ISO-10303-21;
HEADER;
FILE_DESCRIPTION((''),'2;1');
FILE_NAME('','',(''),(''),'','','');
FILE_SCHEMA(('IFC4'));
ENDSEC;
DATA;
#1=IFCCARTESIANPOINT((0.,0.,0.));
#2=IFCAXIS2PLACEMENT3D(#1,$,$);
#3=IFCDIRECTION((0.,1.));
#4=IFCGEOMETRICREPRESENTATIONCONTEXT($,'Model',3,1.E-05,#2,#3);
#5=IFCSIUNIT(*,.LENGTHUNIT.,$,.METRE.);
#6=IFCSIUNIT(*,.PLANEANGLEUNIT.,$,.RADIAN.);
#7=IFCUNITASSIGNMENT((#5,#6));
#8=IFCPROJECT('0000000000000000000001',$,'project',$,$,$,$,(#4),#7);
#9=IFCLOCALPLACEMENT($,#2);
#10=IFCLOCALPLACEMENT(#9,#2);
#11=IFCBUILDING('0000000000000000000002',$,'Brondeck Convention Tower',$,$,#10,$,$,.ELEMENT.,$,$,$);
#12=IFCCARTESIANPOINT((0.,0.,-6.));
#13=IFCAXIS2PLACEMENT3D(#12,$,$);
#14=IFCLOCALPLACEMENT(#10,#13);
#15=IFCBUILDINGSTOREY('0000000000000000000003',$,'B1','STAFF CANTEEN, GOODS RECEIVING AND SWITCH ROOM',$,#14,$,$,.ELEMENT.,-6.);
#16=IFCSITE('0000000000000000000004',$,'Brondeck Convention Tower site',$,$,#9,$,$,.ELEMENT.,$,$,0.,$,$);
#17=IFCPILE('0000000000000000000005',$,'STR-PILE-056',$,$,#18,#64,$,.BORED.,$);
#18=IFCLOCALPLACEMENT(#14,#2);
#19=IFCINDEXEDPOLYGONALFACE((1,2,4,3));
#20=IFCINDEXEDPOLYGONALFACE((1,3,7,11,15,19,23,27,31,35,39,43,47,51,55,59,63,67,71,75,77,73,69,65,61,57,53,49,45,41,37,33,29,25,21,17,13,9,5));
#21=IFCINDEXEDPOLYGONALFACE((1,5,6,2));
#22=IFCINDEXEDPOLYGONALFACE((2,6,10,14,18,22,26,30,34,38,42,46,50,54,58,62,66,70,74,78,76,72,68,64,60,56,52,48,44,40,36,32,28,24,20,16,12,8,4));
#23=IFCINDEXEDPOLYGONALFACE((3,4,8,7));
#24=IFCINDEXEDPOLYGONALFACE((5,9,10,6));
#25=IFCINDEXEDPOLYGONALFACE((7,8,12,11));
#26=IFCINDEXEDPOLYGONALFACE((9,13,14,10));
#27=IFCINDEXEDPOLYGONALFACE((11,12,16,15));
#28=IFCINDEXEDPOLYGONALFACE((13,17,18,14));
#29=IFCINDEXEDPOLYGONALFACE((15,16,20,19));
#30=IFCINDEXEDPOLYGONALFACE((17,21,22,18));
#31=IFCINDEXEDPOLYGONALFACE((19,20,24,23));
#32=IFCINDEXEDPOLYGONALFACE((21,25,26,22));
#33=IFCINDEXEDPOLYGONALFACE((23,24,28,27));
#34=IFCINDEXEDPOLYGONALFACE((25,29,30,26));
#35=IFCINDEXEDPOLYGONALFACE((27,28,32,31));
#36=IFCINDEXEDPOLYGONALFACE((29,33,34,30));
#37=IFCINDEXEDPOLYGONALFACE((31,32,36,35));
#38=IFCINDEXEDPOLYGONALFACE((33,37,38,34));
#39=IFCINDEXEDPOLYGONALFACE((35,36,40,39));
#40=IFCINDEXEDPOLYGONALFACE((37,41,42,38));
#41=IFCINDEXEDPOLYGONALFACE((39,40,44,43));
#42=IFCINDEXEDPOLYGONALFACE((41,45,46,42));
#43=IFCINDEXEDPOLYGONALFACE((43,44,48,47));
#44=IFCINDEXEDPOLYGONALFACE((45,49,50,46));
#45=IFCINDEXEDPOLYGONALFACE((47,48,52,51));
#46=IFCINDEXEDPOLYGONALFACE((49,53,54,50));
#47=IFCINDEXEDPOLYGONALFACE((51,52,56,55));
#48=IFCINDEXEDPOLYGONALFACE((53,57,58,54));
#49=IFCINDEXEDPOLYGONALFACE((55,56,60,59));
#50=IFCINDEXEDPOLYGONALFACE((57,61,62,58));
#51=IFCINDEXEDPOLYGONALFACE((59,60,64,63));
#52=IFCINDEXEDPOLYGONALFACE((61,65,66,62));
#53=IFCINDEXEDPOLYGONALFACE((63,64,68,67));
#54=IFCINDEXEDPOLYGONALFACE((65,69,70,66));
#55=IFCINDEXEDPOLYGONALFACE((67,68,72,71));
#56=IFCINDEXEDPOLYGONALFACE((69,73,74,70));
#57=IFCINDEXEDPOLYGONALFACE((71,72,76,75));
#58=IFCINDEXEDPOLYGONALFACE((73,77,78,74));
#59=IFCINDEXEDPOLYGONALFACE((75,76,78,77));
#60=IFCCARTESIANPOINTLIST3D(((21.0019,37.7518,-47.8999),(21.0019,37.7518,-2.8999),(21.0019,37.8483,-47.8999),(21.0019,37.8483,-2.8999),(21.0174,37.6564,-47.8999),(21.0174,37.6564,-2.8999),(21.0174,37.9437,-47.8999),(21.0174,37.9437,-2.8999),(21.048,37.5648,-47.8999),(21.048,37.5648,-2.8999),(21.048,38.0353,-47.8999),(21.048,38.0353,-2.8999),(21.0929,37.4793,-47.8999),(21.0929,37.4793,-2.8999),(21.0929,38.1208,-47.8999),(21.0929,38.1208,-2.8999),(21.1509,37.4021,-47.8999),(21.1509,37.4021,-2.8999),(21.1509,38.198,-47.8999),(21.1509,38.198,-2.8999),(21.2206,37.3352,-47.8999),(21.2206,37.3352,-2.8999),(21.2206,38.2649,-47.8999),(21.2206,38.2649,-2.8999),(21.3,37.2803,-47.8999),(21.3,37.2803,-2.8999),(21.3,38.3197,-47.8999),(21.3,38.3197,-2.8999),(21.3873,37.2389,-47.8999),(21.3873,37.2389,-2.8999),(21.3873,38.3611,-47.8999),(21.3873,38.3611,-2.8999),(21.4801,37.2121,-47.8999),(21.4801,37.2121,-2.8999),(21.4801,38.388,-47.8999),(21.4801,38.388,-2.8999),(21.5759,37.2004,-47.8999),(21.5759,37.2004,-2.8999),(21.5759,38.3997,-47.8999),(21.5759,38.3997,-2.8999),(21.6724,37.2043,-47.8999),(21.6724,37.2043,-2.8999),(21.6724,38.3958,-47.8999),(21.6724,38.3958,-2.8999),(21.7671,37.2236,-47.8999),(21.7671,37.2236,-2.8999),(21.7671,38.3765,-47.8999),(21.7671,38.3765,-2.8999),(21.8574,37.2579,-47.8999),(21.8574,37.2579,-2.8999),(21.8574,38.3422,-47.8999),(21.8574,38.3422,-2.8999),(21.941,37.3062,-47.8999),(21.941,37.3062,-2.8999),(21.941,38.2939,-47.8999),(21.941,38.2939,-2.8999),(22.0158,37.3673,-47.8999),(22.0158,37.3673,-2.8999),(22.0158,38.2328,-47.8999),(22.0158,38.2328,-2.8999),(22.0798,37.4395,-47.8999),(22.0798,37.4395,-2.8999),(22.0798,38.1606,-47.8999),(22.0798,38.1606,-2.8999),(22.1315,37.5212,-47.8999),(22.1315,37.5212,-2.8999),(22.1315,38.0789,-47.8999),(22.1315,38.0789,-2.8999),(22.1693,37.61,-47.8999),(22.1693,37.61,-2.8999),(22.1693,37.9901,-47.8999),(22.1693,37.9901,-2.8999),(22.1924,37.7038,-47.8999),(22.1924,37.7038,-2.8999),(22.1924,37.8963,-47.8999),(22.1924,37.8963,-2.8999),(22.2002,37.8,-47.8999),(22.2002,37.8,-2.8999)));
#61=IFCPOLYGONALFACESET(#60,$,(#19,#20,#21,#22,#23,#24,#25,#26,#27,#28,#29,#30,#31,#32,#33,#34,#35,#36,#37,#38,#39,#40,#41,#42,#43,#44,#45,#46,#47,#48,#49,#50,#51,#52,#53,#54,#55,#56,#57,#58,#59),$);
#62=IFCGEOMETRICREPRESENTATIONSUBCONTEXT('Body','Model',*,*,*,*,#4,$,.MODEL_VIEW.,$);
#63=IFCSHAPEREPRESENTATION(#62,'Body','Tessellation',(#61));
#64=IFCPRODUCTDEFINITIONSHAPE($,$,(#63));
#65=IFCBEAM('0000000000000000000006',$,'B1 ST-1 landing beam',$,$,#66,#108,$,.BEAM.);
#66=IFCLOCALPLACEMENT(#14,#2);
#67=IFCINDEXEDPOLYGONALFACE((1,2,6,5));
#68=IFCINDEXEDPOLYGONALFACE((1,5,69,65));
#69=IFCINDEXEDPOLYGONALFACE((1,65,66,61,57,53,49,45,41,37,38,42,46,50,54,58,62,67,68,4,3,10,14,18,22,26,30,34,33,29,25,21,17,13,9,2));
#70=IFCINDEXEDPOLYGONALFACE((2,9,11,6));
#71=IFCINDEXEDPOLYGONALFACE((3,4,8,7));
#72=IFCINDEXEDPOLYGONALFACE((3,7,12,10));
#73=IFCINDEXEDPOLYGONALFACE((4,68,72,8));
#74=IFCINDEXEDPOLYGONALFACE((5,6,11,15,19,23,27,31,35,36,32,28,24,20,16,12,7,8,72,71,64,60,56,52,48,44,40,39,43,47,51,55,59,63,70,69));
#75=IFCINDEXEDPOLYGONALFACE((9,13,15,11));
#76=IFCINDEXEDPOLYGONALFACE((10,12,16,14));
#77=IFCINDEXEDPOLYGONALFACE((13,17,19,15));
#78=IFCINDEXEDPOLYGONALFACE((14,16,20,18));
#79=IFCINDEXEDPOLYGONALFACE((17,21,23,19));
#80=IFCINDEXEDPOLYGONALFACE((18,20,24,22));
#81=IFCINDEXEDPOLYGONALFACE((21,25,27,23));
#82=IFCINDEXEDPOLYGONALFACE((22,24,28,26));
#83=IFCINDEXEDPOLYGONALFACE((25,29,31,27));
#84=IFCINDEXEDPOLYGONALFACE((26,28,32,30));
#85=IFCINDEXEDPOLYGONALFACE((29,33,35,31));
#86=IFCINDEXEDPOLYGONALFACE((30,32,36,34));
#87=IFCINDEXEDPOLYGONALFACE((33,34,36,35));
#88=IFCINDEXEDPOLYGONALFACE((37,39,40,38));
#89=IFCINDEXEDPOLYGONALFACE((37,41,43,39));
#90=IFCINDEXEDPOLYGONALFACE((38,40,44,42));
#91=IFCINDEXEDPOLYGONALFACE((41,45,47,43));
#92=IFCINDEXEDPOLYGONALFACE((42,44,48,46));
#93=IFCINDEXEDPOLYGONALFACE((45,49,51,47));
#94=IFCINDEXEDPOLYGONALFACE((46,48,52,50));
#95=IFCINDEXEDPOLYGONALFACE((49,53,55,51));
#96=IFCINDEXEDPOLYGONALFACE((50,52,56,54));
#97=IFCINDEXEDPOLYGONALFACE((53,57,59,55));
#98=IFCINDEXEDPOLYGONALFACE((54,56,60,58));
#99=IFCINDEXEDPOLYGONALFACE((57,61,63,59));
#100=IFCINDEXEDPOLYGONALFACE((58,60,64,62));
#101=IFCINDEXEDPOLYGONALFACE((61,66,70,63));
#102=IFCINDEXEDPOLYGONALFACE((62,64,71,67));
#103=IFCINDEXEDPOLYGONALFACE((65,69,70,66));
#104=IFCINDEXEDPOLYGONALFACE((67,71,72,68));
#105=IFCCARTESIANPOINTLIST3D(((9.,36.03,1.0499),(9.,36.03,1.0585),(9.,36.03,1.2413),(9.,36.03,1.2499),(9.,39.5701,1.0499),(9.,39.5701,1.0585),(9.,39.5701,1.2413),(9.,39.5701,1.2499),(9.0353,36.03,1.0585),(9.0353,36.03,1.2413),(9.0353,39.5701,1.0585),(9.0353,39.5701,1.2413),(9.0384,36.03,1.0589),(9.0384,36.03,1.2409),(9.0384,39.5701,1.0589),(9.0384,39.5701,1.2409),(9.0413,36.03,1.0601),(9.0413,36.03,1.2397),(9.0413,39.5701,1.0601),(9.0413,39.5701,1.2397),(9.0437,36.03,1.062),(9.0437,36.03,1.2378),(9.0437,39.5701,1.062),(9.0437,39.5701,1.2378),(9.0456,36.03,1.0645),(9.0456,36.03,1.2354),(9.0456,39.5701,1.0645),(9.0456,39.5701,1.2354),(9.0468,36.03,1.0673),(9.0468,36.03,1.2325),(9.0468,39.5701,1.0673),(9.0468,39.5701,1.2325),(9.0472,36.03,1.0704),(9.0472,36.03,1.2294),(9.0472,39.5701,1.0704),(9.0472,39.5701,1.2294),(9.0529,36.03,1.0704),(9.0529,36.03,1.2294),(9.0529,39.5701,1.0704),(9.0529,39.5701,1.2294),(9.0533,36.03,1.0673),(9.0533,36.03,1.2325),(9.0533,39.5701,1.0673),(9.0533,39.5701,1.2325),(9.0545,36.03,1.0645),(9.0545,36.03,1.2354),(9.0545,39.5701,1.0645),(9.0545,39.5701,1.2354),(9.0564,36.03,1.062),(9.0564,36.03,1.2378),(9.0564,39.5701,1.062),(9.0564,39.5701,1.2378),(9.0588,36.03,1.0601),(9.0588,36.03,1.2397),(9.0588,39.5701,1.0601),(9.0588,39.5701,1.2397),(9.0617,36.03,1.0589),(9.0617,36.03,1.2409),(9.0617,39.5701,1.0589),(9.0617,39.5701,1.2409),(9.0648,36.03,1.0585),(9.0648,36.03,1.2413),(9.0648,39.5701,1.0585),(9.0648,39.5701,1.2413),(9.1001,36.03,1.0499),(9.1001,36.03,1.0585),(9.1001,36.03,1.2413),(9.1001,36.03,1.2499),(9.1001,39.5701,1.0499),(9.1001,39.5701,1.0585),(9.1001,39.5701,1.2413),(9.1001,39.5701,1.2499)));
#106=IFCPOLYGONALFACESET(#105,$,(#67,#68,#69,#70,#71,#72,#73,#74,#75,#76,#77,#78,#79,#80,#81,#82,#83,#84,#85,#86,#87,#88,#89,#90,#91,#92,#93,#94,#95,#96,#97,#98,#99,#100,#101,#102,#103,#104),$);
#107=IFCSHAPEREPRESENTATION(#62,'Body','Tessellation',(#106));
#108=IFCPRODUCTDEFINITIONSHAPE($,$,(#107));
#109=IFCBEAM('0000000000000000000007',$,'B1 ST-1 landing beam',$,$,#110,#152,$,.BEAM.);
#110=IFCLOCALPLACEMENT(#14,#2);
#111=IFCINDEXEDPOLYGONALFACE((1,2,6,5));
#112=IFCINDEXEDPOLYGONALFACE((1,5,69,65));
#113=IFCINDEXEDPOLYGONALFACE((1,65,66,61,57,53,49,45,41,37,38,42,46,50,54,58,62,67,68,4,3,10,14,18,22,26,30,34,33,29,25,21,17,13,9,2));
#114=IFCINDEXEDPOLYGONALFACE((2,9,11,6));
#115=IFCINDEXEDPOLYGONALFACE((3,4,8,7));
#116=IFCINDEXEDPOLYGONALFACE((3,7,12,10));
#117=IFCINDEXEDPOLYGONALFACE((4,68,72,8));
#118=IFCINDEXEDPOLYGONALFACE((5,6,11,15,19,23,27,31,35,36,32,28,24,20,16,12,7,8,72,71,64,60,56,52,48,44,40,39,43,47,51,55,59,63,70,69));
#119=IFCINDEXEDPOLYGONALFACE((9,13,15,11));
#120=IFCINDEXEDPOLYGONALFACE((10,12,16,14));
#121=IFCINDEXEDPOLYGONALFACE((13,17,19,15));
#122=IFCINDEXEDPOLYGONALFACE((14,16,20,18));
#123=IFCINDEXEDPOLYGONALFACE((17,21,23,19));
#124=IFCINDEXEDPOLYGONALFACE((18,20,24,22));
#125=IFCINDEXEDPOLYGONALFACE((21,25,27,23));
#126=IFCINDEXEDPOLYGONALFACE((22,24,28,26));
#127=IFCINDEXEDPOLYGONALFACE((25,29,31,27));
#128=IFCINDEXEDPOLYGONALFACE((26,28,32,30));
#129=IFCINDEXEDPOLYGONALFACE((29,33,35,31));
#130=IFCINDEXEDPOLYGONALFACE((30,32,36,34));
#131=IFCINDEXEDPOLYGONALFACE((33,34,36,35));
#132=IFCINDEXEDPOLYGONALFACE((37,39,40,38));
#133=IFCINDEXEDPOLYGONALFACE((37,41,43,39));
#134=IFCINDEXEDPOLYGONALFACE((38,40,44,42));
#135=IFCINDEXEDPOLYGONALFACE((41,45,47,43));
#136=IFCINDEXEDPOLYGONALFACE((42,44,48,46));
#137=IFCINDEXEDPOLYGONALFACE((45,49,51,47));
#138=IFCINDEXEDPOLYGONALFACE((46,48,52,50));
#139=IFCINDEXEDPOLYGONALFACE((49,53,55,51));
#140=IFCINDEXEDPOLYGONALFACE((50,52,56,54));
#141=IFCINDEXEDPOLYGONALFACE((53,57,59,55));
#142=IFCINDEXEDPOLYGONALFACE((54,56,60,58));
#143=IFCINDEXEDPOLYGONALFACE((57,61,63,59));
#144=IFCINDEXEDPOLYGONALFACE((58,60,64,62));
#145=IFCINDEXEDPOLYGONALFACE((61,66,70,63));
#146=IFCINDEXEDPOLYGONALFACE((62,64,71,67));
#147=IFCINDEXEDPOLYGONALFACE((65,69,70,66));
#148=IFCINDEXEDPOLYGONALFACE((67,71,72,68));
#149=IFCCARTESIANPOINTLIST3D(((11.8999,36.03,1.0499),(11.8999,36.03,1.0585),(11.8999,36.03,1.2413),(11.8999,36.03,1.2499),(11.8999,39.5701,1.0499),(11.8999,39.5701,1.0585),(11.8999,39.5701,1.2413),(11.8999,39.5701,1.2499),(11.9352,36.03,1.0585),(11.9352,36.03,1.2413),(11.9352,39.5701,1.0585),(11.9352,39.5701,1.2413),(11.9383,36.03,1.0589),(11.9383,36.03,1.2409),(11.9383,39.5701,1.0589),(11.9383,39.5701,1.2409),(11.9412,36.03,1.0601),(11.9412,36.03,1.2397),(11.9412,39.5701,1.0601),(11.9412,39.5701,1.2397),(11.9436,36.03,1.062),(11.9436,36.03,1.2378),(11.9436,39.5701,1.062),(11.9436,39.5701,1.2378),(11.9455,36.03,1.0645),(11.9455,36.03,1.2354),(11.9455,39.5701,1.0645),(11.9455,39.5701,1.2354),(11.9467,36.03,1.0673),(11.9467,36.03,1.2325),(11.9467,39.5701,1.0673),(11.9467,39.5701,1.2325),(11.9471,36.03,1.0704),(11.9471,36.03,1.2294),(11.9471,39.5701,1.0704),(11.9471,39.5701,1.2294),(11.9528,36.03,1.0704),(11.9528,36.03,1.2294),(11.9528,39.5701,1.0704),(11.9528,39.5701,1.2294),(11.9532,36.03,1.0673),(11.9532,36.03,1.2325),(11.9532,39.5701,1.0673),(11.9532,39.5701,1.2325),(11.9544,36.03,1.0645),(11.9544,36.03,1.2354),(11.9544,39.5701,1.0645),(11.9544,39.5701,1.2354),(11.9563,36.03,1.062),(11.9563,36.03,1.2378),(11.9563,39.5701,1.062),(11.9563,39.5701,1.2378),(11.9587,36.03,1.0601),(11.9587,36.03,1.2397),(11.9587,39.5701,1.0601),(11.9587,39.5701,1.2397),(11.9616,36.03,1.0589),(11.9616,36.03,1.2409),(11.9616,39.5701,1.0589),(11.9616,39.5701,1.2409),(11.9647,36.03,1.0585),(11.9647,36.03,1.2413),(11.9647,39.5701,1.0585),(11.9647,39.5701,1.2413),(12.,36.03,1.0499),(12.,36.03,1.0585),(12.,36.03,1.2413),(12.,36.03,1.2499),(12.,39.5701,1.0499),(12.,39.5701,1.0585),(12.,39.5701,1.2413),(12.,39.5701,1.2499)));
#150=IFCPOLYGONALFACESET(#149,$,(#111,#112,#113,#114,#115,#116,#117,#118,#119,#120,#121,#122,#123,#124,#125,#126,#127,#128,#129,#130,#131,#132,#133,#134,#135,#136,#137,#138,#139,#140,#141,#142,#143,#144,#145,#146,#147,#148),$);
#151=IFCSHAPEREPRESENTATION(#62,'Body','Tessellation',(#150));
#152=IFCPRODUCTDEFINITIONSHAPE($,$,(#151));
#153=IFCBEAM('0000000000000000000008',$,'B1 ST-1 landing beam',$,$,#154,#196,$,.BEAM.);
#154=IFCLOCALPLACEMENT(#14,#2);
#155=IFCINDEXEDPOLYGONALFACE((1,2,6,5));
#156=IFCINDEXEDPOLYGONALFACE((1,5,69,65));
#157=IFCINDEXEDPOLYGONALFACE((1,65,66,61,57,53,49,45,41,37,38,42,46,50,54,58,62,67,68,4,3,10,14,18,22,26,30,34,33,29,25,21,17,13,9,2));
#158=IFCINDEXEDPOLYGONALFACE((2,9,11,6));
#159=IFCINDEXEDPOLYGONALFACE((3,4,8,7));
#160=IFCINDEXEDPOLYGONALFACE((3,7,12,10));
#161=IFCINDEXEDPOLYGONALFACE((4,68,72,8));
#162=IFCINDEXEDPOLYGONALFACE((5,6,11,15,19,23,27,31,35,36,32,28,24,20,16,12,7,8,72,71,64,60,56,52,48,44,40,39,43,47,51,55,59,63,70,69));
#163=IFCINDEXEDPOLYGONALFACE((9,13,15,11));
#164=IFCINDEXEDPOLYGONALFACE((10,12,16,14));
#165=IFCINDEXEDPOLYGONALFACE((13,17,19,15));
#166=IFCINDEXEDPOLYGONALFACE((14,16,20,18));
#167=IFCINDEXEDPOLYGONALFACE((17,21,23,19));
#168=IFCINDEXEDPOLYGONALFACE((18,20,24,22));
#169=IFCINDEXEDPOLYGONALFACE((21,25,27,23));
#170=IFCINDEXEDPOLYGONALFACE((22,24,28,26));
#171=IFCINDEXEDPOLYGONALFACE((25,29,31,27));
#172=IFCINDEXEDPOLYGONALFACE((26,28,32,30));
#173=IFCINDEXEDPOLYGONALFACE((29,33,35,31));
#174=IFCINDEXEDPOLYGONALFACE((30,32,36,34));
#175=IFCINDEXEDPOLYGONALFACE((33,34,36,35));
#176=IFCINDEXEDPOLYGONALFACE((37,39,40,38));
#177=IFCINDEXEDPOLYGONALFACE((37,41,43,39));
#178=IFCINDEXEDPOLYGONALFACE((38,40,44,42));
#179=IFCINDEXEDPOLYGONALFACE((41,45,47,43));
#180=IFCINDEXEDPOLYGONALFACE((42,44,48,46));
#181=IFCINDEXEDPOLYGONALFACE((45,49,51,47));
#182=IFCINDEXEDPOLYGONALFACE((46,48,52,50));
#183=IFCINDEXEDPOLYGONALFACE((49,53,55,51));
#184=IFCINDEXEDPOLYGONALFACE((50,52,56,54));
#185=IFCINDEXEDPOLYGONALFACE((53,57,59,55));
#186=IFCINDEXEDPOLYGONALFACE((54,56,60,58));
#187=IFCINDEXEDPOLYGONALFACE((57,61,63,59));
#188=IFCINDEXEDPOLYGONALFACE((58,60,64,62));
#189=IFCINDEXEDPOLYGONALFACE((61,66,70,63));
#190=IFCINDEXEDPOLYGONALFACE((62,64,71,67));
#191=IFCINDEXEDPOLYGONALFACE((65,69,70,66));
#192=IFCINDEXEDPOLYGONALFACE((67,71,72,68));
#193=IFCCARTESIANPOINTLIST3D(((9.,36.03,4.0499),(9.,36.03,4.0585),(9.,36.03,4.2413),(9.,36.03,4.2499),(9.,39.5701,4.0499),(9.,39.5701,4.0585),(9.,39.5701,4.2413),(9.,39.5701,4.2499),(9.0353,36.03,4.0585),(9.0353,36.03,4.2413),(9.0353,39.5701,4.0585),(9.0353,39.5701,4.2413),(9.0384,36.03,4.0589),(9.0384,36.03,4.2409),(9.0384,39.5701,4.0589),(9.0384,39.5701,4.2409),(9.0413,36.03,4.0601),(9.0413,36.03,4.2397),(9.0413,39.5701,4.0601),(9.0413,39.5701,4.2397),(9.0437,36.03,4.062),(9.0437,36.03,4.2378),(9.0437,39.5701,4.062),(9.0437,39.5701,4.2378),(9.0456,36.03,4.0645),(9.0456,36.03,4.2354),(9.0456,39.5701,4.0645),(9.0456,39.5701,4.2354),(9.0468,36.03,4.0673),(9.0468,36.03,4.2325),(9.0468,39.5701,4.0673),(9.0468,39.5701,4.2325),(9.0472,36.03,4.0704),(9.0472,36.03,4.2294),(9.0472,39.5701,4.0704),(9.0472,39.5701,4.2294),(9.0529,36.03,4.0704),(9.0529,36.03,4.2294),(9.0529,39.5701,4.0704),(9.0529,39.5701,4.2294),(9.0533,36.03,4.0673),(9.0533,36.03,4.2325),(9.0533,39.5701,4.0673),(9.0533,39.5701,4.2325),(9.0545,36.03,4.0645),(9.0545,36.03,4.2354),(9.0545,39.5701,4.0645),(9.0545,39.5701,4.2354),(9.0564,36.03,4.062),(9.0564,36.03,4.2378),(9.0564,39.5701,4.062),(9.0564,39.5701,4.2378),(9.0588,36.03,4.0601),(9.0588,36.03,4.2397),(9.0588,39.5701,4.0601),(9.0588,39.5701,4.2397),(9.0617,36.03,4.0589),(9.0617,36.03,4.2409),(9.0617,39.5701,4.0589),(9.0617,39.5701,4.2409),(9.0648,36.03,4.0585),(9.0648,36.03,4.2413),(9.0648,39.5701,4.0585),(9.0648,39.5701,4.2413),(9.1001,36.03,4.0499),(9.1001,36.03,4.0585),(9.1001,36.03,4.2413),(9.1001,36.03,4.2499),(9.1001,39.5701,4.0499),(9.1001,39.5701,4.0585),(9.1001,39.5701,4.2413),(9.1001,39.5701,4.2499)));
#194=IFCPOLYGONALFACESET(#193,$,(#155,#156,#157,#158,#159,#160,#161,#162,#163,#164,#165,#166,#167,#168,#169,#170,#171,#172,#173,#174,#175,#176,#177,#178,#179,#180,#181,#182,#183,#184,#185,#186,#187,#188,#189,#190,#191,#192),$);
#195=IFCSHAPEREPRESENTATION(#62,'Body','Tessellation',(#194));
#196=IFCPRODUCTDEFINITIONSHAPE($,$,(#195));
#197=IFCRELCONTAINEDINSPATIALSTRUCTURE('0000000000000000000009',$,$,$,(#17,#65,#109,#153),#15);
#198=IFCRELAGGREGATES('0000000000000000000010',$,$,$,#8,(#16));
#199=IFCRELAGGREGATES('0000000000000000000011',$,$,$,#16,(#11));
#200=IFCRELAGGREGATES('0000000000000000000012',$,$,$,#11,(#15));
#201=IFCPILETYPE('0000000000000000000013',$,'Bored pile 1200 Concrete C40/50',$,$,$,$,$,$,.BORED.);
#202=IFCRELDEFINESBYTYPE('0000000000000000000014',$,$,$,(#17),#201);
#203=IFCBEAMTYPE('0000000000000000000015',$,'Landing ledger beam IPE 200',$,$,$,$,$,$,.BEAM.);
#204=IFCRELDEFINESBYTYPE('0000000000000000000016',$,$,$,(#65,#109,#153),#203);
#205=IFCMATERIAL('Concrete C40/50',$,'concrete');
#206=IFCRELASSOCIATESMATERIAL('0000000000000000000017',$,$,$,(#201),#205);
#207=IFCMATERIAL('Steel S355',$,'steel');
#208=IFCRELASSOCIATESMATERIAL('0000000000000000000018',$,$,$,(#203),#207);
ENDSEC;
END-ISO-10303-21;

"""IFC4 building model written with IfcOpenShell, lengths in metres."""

from ifc_helpers import new_model, si_unit, direction, frame, origin, origin_2d, place, context, subcontext, project, spatial, circle, i_section, extrude, material, material_profile, profile_set, type_object, element, save


model = new_model("IFC4")

# Units and contexts
model_context = context("Model", 3, precision=1e-05, world=origin(), true_north=direction((0.0, 1.0)))
body_context = subcontext(model_context, "Body", "Model", "MODEL_VIEW")
ifc_project = project(units=[si_unit("LENGTHUNIT", "METRE"), si_unit("PLANEANGLEUNIT", "RADIAN")], contexts=[model_context])

# Site, building, storey
site_placement = place(None, origin())
site = spatial("IfcSite", under=ifc_project, at=site_placement, Name="Brondeck Convention Tower site", CompositionType="ELEMENT", RefElevation=0.0)
building_placement = place(site_placement, origin())
building = spatial("IfcBuilding", under=site, at=building_placement, Name="Brondeck Convention Tower", CompositionType="ELEMENT")
storey_placement = place(building_placement, frame((0.0, 0.0, -6.0)))
storey = spatial("IfcBuildingStorey", under=building, at=storey_placement, Name="B1", Description="STAFF CANTEEN, GOODS RECEIVING AND SWITCH ROOM", CompositionType="ELEMENT", Elevation=-6.0)

# Pile
ifc_material_1 = material(Name="Concrete C40/50", Category="concrete")
ifc_material_profile_1 = material_profile(ifc_material_1, circle(Radius=0.6001, at=origin_2d()), Name="Bored pile 1200 Concrete C40/50")
ifc_profile_set_1 = profile_set([ifc_material_profile_1], Name="Concrete C40/50")
pile_type = type_object("IfcPileType", Name="Bored pile 1200 Concrete C40/50", PredefinedType="BORED", material=ifc_profile_set_1)
for number, where, z_axis, x_axis, name in (
    (1, (21.6001, 37.8, -2.8999), (0.0, 0.0, -1.0), (1.0, 0.0, 0.0), "STR-PILE-056"),
):
    element("IfcPile", number, at=place(storey_placement, frame(where, z_axis=z_axis, x_axis=x_axis)), inside=storey, type_object=pile_type, Name=name, PredefinedType="BORED", context=body_context, shape_type="SweptSolid", body=[
        extrude(circle(Radius=0.6001, at=origin_2d()), origin(), (0.0, 0.0, 1.0), 45.0),
    ])

# Beams
ifc_material_2 = material(Name="Steel S355", Category="steel")
ifc_material_profile_2 = material_profile(ifc_material_2, i_section(OverallWidth=0.1001, OverallDepth=0.2, WebThickness=0.0056, FlangeThickness=0.0085, FilletRadius=0.012, at=origin_2d()), Name="IPE200")
ifc_profile_set_2 = profile_set([ifc_material_profile_2], Name="Steel S355")
beam_type = type_object("IfcBeamType", Name="Landing ledger beam IPE 200", PredefinedType="BEAM", material=ifc_profile_set_2)
for number, where, z_axis, x_axis, name in (
    (2, (9.05, 36.03, 1.1499), (0.0, 1.0, 0.0), (-1.0, 0.0, 0.0), "B1 ST-1 landing beam"),
    (3, (11.95, 36.03, 1.1499), (0.0, 1.0, 0.0), (-1.0, 0.0, 0.0), "B1 ST-1 landing beam"),
    (4, (9.05, 36.03, 4.1499), (0.0, 1.0, 0.0), (-1.0, 0.0, 0.0), "B1 ST-1 landing beam"),
):
    element("IfcBeam", number, at=place(storey_placement, frame(where, z_axis=z_axis, x_axis=x_axis)), inside=storey, type_object=beam_type, Name=name, PredefinedType="BEAM", context=body_context, shape_type="SweptSolid", body=[
        extrude(i_section(OverallWidth=0.1001, OverallDepth=0.2, WebThickness=0.0056, FlangeThickness=0.0085, FilletRadius=0.012, at=origin_2d()), origin(), (0.0, 0.0, 1.0), 3.54),
    ])

save(model, "model.ifc")
